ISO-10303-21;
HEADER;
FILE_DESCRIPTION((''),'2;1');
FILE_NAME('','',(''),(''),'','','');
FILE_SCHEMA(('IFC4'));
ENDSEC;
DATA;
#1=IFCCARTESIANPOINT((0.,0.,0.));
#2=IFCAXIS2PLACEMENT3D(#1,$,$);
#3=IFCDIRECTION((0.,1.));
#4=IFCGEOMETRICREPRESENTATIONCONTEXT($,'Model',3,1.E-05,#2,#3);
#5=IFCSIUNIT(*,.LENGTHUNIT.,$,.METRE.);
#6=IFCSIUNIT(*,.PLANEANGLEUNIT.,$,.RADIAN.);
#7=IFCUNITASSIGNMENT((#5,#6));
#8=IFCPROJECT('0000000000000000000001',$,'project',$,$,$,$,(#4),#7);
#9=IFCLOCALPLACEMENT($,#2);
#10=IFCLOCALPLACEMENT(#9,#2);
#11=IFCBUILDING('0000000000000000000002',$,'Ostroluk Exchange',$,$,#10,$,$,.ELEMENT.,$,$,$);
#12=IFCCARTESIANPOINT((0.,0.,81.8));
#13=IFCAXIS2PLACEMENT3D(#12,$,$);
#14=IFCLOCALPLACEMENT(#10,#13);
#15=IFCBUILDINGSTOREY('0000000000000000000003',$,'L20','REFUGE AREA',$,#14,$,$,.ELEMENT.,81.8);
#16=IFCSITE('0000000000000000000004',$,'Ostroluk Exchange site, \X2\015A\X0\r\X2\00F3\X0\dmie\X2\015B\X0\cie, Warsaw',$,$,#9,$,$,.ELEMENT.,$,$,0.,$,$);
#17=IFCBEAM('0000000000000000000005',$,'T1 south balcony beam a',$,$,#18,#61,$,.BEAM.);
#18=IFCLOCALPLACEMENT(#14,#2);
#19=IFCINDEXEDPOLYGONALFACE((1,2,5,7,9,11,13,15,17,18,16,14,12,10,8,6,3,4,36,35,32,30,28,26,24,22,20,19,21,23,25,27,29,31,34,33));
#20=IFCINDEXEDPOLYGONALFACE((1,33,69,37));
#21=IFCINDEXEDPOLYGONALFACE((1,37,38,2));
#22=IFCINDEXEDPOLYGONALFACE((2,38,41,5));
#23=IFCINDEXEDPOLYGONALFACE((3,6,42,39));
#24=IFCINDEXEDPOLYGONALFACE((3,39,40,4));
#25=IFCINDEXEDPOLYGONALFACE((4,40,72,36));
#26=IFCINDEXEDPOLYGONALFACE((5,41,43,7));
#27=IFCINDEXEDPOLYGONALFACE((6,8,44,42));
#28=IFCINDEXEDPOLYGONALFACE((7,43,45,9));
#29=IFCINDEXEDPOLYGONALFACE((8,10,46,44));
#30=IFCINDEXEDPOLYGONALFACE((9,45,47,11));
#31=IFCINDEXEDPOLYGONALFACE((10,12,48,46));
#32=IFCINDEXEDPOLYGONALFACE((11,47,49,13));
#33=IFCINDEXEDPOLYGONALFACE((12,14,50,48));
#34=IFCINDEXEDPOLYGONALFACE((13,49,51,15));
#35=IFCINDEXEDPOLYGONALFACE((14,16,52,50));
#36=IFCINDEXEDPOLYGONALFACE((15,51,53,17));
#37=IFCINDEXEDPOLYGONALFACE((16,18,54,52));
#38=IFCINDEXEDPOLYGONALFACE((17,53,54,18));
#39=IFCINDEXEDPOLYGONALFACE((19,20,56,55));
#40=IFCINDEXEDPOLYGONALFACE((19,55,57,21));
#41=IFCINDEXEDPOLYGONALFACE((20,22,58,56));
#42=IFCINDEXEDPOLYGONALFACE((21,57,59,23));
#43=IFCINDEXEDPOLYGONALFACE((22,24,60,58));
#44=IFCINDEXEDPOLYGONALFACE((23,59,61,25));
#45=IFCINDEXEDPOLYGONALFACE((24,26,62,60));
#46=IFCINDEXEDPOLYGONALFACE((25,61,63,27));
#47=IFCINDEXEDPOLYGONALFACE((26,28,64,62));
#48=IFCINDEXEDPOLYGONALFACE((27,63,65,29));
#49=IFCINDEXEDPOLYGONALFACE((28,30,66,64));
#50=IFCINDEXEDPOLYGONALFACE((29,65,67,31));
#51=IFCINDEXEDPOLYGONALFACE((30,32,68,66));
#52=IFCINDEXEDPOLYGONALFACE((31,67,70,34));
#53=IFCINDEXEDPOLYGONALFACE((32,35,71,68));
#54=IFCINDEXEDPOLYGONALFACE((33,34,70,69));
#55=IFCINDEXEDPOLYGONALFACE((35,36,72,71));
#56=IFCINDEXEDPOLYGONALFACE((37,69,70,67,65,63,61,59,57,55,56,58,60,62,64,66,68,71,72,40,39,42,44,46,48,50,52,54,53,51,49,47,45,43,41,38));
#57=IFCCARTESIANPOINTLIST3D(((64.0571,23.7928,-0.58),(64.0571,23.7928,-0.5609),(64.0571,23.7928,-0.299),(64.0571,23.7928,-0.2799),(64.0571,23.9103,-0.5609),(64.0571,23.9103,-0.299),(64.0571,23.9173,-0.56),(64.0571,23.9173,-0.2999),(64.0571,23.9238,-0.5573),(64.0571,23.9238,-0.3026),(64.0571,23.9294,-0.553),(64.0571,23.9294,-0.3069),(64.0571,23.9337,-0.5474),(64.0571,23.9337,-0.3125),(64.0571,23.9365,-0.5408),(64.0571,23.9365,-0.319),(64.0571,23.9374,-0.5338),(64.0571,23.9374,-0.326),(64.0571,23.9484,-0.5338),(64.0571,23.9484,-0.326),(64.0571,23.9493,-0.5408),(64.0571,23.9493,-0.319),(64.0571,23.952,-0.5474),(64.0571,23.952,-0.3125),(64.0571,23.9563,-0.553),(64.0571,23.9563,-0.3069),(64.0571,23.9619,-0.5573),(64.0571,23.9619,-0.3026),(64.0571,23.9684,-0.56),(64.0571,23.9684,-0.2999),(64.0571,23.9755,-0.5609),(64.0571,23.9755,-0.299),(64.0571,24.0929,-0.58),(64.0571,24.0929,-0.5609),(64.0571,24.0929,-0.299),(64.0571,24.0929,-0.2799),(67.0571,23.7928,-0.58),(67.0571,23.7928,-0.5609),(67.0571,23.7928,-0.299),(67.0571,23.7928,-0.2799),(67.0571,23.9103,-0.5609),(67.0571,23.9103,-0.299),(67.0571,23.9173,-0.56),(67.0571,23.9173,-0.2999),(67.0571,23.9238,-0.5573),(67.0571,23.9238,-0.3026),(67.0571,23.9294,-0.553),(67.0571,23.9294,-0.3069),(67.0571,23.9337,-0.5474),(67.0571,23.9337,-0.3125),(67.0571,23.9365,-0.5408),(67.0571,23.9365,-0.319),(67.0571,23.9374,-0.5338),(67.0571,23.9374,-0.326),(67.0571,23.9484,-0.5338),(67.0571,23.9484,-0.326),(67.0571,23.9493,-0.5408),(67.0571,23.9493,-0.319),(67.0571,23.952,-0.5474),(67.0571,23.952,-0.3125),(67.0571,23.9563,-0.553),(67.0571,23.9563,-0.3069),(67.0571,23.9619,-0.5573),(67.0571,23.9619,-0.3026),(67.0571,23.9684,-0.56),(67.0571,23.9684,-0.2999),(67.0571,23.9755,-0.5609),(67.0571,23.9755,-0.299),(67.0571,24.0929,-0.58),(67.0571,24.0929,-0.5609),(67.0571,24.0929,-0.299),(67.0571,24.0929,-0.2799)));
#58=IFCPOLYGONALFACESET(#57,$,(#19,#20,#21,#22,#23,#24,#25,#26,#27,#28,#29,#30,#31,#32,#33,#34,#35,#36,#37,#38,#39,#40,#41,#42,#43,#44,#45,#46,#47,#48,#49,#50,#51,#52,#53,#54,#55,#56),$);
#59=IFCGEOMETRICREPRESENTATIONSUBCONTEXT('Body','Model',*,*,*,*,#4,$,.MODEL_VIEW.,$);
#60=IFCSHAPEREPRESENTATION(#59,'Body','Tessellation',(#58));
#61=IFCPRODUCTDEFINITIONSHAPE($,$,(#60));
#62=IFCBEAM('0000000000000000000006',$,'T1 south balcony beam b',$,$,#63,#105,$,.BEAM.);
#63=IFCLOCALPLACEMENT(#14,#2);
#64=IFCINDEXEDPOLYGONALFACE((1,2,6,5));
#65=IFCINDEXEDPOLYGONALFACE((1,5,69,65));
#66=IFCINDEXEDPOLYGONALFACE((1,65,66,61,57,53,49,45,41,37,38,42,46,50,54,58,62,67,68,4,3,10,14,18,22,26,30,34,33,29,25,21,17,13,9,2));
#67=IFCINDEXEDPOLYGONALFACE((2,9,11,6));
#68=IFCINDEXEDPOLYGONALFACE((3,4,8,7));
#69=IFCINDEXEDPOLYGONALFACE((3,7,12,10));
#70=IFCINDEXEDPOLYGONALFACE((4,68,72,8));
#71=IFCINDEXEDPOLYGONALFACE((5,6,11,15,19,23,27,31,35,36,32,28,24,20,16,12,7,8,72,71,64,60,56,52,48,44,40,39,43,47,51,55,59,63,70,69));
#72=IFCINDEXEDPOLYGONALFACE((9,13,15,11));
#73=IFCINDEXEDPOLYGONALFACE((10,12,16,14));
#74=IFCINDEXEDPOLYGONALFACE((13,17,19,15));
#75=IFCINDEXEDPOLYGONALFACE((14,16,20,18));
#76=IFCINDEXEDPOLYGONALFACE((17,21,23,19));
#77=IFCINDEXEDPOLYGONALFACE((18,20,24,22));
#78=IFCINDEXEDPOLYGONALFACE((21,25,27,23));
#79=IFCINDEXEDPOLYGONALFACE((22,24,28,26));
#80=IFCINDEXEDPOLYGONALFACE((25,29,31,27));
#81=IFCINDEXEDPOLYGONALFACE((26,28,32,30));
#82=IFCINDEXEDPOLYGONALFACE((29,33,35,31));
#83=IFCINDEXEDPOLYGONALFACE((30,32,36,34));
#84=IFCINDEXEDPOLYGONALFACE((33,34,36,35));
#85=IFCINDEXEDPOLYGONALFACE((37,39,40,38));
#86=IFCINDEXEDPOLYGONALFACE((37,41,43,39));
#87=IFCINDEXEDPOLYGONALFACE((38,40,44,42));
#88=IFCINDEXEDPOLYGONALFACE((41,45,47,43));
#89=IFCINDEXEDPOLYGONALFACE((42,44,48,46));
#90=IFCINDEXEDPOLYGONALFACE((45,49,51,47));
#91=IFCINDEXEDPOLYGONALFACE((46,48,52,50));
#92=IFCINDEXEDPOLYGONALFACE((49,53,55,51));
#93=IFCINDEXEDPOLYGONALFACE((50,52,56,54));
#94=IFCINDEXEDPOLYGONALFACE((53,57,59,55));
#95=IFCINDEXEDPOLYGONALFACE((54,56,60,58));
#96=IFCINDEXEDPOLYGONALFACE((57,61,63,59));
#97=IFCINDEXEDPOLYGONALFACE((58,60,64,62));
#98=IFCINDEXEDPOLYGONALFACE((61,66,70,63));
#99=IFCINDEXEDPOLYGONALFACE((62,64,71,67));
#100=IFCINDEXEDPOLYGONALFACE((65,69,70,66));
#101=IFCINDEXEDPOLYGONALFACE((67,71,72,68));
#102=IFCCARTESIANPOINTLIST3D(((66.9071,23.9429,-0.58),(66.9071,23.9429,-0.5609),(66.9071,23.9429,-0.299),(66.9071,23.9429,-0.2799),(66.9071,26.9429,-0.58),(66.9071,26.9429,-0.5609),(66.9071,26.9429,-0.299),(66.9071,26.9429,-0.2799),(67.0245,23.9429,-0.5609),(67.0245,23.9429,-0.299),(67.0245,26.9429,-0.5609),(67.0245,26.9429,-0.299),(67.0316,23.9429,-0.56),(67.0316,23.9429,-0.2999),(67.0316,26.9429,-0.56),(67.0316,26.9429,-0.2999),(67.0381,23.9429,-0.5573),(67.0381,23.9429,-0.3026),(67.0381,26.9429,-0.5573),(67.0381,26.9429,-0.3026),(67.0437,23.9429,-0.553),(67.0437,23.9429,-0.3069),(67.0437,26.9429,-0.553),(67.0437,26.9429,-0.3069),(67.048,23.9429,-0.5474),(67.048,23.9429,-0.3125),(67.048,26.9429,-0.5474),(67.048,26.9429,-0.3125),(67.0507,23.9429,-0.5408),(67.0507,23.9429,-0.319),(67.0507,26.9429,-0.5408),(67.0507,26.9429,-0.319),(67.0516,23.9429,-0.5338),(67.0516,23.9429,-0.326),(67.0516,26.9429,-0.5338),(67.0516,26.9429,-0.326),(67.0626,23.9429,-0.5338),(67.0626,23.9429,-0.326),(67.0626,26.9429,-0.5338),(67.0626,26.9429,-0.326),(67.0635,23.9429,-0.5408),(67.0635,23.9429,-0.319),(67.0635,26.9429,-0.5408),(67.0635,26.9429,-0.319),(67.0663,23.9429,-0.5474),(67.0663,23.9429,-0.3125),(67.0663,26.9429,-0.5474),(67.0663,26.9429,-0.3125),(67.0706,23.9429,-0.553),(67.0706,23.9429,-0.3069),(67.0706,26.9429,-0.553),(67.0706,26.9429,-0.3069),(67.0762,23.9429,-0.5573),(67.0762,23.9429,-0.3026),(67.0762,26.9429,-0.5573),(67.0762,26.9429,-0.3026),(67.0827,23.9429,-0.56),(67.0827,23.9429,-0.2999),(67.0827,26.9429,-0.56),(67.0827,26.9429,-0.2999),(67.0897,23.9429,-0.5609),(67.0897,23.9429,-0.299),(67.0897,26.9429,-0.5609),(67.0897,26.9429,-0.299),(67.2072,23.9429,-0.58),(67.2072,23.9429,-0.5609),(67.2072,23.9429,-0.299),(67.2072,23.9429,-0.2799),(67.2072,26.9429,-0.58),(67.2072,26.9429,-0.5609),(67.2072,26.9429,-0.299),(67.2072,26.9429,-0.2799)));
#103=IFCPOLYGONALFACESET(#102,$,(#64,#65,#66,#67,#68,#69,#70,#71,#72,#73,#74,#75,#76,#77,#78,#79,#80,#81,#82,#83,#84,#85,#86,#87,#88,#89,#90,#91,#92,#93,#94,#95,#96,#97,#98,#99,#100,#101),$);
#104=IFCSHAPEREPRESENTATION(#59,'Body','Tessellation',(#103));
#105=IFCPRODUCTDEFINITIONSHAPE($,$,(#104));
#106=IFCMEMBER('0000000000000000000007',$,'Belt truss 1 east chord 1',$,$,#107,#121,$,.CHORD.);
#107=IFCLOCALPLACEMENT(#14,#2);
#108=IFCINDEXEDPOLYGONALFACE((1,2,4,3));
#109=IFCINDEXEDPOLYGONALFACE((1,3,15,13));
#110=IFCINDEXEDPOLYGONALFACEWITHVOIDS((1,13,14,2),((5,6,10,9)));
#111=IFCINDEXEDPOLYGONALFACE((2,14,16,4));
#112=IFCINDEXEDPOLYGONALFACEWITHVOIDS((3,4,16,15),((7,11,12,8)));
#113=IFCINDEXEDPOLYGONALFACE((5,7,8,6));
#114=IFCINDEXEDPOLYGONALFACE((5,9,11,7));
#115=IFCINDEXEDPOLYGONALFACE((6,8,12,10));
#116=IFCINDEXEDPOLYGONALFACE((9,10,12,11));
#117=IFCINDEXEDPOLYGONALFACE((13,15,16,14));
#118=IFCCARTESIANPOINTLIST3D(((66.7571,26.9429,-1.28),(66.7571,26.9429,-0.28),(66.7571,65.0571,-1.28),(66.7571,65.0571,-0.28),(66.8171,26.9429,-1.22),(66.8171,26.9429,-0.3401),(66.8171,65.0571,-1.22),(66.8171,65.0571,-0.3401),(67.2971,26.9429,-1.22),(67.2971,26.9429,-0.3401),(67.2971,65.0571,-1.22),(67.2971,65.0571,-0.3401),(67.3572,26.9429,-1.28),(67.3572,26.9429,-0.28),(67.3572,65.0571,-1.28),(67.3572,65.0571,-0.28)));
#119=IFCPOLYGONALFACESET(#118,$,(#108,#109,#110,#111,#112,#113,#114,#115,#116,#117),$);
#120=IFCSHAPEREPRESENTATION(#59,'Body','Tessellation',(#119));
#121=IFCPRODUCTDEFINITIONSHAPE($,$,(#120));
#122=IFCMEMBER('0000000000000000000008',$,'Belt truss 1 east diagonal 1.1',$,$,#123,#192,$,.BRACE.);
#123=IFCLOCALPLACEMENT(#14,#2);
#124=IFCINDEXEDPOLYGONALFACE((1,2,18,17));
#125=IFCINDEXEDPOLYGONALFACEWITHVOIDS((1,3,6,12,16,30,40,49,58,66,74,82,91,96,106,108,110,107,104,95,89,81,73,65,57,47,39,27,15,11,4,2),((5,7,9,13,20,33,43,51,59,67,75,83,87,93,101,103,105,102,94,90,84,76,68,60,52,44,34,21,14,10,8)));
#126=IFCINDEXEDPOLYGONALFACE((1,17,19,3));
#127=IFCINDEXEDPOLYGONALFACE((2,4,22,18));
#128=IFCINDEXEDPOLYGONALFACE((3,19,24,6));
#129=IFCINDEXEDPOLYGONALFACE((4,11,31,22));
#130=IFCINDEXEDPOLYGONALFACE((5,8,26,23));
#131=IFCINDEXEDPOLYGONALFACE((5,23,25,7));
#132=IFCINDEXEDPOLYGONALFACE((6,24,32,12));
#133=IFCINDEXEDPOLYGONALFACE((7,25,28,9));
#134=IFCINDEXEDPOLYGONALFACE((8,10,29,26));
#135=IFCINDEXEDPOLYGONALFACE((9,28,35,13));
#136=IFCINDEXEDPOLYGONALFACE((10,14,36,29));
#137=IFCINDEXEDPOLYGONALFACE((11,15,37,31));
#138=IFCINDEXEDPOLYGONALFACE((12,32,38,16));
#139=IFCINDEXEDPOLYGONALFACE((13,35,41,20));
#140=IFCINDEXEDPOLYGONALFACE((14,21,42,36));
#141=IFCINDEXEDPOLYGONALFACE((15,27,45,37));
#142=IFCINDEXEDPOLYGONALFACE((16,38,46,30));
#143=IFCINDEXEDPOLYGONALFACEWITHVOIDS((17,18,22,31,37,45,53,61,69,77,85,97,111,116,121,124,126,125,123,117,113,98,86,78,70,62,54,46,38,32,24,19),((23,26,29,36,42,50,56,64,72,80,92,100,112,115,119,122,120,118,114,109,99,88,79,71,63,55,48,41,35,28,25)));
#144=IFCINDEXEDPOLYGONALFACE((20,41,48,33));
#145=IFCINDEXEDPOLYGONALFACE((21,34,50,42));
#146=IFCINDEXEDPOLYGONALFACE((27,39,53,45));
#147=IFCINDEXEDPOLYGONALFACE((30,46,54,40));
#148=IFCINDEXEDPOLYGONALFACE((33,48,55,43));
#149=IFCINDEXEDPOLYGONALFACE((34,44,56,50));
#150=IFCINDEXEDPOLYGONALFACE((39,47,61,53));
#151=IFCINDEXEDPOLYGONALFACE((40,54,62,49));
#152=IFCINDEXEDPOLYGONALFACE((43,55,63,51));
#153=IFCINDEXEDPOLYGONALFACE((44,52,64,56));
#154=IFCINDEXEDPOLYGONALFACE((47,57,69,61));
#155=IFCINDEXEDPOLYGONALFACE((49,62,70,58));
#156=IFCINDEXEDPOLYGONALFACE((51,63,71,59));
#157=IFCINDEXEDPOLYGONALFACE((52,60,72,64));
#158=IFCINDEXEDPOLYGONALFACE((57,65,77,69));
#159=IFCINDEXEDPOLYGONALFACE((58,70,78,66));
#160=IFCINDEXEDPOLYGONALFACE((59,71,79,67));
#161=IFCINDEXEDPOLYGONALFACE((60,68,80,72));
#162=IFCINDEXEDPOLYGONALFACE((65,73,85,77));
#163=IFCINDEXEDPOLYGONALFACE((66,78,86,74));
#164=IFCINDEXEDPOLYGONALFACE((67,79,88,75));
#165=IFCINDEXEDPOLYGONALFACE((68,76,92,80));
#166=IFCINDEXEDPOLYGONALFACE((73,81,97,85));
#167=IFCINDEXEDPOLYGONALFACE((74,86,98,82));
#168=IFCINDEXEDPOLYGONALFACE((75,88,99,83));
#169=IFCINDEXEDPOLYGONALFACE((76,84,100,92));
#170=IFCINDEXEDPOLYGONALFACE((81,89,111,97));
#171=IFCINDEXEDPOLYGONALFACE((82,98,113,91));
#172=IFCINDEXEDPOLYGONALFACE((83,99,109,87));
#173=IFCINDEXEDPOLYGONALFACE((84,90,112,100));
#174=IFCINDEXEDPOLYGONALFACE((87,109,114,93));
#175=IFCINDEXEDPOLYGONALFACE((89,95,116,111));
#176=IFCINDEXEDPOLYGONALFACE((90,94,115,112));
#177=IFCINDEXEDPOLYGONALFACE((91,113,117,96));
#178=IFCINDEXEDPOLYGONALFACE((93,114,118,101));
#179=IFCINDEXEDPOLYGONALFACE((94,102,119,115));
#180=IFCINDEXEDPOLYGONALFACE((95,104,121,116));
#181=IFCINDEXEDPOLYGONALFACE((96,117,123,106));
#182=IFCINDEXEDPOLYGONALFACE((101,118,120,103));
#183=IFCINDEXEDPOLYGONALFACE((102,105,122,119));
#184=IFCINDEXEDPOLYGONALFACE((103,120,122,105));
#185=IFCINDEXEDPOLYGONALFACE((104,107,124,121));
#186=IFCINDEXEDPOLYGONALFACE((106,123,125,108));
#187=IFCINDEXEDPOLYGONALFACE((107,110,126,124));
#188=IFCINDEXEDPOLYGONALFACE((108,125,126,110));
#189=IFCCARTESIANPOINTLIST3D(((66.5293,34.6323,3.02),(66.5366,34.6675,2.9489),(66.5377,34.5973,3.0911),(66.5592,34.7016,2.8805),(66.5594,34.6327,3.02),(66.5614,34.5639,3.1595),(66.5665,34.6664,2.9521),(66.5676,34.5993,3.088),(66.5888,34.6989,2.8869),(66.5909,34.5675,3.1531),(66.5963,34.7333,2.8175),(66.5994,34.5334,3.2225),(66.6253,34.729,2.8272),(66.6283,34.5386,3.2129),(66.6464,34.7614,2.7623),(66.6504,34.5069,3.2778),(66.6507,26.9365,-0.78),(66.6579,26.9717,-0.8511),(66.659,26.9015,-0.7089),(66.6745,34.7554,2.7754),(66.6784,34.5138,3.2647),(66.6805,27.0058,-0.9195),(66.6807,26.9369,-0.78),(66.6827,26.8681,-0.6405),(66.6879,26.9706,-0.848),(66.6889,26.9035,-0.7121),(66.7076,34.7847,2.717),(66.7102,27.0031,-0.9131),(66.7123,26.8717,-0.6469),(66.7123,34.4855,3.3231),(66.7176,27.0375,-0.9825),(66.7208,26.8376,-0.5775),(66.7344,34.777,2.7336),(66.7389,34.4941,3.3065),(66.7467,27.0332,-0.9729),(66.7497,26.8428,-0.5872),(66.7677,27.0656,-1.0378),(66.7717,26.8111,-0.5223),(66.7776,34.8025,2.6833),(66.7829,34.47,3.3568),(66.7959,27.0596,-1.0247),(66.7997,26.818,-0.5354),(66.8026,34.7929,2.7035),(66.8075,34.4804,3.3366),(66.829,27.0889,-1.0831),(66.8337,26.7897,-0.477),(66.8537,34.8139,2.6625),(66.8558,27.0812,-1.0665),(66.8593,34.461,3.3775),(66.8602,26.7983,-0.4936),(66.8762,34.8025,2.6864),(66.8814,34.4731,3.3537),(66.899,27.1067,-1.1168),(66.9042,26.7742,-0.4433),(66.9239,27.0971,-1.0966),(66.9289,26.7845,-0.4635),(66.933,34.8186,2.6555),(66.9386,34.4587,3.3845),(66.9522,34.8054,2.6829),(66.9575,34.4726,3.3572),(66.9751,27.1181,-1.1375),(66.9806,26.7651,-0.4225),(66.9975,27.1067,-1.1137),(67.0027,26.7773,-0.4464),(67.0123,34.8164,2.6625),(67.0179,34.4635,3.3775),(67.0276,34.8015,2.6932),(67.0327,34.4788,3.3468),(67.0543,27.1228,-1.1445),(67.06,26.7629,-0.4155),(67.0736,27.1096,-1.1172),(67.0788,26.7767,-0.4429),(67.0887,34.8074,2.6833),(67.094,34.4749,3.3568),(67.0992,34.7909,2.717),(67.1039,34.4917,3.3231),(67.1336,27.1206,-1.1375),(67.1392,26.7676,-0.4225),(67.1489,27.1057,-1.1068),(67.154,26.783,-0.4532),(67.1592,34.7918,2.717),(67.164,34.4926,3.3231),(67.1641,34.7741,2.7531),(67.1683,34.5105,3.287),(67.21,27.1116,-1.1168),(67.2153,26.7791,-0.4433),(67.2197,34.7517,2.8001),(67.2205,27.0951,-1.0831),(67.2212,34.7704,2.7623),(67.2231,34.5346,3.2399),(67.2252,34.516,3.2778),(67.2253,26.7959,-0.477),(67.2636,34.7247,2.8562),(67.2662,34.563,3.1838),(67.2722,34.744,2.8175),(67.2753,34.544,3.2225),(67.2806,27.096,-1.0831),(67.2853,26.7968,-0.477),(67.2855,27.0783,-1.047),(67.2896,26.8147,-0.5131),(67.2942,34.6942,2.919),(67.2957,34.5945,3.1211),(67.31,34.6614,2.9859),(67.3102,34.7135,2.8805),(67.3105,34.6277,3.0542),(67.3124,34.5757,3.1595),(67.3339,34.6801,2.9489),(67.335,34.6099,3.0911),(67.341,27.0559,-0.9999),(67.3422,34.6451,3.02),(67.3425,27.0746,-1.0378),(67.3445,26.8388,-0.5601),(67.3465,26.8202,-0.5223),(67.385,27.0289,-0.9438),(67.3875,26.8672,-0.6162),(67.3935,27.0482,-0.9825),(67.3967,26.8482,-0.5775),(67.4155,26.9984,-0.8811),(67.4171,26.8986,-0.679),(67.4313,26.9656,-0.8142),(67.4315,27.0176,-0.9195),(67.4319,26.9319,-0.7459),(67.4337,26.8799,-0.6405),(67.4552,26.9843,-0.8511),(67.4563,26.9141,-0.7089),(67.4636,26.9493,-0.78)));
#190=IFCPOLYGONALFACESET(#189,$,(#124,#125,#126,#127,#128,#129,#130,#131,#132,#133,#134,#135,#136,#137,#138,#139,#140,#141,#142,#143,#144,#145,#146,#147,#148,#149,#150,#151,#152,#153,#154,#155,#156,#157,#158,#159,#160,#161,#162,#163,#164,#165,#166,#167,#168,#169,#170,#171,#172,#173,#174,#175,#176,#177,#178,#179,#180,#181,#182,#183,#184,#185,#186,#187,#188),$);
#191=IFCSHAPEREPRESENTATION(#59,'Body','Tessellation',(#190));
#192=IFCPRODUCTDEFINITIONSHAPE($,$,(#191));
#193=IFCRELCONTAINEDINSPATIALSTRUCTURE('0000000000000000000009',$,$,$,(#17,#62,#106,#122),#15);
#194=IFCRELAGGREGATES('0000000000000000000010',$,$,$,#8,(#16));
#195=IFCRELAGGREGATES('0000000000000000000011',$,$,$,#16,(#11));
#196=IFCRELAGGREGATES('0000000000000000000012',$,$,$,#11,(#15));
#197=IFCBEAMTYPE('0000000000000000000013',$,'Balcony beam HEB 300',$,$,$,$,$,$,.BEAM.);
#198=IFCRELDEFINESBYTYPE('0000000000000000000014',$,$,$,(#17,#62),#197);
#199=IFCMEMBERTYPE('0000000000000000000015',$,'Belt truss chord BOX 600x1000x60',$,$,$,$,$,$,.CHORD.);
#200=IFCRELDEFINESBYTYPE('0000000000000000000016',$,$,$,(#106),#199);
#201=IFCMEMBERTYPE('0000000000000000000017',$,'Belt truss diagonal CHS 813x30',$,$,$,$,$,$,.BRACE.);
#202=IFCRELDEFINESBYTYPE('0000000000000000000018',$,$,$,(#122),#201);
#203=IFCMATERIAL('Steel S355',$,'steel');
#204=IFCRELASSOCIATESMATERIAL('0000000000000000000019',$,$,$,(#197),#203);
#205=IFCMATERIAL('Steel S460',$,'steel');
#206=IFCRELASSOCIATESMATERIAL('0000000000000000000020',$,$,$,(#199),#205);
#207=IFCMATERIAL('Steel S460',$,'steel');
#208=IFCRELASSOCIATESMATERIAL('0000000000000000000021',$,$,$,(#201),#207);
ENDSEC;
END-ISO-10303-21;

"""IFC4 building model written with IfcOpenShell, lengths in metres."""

from ifc_helpers import new_model, si_unit, direction, frame, origin, origin_2d, place, context, subcontext, project, spatial, hollow_rectangle, hollow_circle, i_section, extrude, material, material_profile, profile_set, type_object, element, save


model = new_model("IFC4")

# Units and contexts
model_context = context("Model", 3, precision=1e-05, world=origin(), true_north=direction((0.0, 1.0)))
body_context = subcontext(model_context, "Body", "Model", "MODEL_VIEW")
ifc_project = project(units=[si_unit("LENGTHUNIT", "METRE"), si_unit("PLANEANGLEUNIT", "RADIAN")], contexts=[model_context])

# Site, building, storey
site_placement = place(None, origin())
site = spatial("IfcSite", under=ifc_project, at=site_placement, Name="Ostroluk Exchange site, Śródmieście, Warsaw", CompositionType="ELEMENT", RefElevation=0.0)
building_placement = place(site_placement, origin())
building = spatial("IfcBuilding", under=site, at=building_placement, Name="Ostroluk Exchange", CompositionType="ELEMENT")
storey_placement = place(building_placement, frame((0.0, 0.0, 81.8)))
storey = spatial("IfcBuildingStorey", under=building, at=storey_placement, Name="L20", Description="REFUGE AREA", CompositionType="ELEMENT", Elevation=81.8)

# Beams
ifc_material_1 = material(Name="Steel S355", Category="steel")
ifc_material_profile_1 = material_profile(ifc_material_1, i_section(OverallWidth=0.3, OverallDepth=0.3, WebThickness=0.011, FlangeThickness=0.019, FilletRadius=0.0271, at=origin_2d()), Name="HEB 300")
ifc_profile_set_1 = profile_set([ifc_material_profile_1], Name="Steel S355")
beam_type_1 = type_object("IfcBeamType", Name="Balcony beam HEB 300", PredefinedType="BEAM", material=ifc_profile_set_1)
for number, where, z_axis, x_axis, name in (
    (1, (64.0571, 23.9429, -0.4299), (1.0, 0.0, 0.0), (0.0, 1.0, 0.0), "T1 south balcony beam a"),
    (2, (67.0571, 26.9429, -0.4299), (0.0, -1.0, 0.0), (1.0, 0.0, 0.0), "T1 south balcony beam b"),
):
    element("IfcBeam", number, at=place(storey_placement, frame(where, z_axis=z_axis, x_axis=x_axis)), inside=storey, type_object=beam_type_1, Name=name, PredefinedType="BEAM", context=body_context, shape_type="SweptSolid", body=[
        extrude(i_section(OverallWidth=0.3, OverallDepth=0.3, WebThickness=0.011, FlangeThickness=0.019, FilletRadius=0.0271, at=origin_2d()), origin(), (0.0, 0.0, 1.0), 3.0),
    ])

# Members
ifc_material_2 = material(Name="Steel S460", Category="steel")
ifc_material_profile_2 = material_profile(ifc_material_2, hollow_rectangle(XDim=0.6001, YDim=1.0, WallThickness=0.0601, at=origin_2d()), Name="BOX 600x1000x60")
ifc_profile_set_2 = profile_set([ifc_material_profile_2], Name="Steel S460")
member_type_1 = type_object("IfcMemberType", Name="Belt truss chord BOX 600x1000x60", PredefinedType="CHORD", material=ifc_profile_set_2)
member_1_placement = place(storey_placement, frame((67.0571, 26.9429, -0.78), z_axis=(0.0, 1.0, 0.0), x_axis=(-1.0, 0.0, 0.0)))
element("IfcMember", 3, at=member_1_placement, inside=storey, type_object=member_type_1, Name="Belt truss 1 east chord 1", PredefinedType="CHORD", context=body_context, shape_type="SweptSolid", body=[
    extrude(hollow_rectangle(XDim=0.6001, YDim=1.0, WallThickness=0.0601, at=origin_2d()), origin(), (0.0, 0.0, 1.0), 38.1143),
])
ifc_material_3 = material(Name="Steel S460", Category="steel")
ifc_material_profile_3 = material_profile(ifc_material_3, hollow_circle(Radius=0.4065, WallThickness=0.03, at=origin_2d()), Name="CHS 813x30")
ifc_profile_set_3 = profile_set([ifc_material_profile_3], Name="Steel S460")
member_type_2 = type_object("IfcMemberType", Name="Belt truss diagonal CHS 813x30", PredefinedType="BRACE", material=ifc_profile_set_3)
for number, where, z_axis, x_axis, name in (
    (4, (67.0571, 26.9429, -0.78), (-0.014136, 0.896557, 0.442704), (-0.999876, -0.015765, 0.0), "Belt truss 1 east diagonal 1.1"),
):
    element("IfcMember", number, at=place(storey_placement, frame(where, z_axis=z_axis, x_axis=x_axis)), inside=storey, type_object=member_type_2, Name=name, PredefinedType="BRACE", context=body_context, shape_type="SweptSolid", body=[
        extrude(hollow_circle(Radius=0.4065, WallThickness=0.03, at=origin_2d()), origin(), (0.0, 0.0, 1.0), 8.5837),
    ])

save(model, "model.ifc")
